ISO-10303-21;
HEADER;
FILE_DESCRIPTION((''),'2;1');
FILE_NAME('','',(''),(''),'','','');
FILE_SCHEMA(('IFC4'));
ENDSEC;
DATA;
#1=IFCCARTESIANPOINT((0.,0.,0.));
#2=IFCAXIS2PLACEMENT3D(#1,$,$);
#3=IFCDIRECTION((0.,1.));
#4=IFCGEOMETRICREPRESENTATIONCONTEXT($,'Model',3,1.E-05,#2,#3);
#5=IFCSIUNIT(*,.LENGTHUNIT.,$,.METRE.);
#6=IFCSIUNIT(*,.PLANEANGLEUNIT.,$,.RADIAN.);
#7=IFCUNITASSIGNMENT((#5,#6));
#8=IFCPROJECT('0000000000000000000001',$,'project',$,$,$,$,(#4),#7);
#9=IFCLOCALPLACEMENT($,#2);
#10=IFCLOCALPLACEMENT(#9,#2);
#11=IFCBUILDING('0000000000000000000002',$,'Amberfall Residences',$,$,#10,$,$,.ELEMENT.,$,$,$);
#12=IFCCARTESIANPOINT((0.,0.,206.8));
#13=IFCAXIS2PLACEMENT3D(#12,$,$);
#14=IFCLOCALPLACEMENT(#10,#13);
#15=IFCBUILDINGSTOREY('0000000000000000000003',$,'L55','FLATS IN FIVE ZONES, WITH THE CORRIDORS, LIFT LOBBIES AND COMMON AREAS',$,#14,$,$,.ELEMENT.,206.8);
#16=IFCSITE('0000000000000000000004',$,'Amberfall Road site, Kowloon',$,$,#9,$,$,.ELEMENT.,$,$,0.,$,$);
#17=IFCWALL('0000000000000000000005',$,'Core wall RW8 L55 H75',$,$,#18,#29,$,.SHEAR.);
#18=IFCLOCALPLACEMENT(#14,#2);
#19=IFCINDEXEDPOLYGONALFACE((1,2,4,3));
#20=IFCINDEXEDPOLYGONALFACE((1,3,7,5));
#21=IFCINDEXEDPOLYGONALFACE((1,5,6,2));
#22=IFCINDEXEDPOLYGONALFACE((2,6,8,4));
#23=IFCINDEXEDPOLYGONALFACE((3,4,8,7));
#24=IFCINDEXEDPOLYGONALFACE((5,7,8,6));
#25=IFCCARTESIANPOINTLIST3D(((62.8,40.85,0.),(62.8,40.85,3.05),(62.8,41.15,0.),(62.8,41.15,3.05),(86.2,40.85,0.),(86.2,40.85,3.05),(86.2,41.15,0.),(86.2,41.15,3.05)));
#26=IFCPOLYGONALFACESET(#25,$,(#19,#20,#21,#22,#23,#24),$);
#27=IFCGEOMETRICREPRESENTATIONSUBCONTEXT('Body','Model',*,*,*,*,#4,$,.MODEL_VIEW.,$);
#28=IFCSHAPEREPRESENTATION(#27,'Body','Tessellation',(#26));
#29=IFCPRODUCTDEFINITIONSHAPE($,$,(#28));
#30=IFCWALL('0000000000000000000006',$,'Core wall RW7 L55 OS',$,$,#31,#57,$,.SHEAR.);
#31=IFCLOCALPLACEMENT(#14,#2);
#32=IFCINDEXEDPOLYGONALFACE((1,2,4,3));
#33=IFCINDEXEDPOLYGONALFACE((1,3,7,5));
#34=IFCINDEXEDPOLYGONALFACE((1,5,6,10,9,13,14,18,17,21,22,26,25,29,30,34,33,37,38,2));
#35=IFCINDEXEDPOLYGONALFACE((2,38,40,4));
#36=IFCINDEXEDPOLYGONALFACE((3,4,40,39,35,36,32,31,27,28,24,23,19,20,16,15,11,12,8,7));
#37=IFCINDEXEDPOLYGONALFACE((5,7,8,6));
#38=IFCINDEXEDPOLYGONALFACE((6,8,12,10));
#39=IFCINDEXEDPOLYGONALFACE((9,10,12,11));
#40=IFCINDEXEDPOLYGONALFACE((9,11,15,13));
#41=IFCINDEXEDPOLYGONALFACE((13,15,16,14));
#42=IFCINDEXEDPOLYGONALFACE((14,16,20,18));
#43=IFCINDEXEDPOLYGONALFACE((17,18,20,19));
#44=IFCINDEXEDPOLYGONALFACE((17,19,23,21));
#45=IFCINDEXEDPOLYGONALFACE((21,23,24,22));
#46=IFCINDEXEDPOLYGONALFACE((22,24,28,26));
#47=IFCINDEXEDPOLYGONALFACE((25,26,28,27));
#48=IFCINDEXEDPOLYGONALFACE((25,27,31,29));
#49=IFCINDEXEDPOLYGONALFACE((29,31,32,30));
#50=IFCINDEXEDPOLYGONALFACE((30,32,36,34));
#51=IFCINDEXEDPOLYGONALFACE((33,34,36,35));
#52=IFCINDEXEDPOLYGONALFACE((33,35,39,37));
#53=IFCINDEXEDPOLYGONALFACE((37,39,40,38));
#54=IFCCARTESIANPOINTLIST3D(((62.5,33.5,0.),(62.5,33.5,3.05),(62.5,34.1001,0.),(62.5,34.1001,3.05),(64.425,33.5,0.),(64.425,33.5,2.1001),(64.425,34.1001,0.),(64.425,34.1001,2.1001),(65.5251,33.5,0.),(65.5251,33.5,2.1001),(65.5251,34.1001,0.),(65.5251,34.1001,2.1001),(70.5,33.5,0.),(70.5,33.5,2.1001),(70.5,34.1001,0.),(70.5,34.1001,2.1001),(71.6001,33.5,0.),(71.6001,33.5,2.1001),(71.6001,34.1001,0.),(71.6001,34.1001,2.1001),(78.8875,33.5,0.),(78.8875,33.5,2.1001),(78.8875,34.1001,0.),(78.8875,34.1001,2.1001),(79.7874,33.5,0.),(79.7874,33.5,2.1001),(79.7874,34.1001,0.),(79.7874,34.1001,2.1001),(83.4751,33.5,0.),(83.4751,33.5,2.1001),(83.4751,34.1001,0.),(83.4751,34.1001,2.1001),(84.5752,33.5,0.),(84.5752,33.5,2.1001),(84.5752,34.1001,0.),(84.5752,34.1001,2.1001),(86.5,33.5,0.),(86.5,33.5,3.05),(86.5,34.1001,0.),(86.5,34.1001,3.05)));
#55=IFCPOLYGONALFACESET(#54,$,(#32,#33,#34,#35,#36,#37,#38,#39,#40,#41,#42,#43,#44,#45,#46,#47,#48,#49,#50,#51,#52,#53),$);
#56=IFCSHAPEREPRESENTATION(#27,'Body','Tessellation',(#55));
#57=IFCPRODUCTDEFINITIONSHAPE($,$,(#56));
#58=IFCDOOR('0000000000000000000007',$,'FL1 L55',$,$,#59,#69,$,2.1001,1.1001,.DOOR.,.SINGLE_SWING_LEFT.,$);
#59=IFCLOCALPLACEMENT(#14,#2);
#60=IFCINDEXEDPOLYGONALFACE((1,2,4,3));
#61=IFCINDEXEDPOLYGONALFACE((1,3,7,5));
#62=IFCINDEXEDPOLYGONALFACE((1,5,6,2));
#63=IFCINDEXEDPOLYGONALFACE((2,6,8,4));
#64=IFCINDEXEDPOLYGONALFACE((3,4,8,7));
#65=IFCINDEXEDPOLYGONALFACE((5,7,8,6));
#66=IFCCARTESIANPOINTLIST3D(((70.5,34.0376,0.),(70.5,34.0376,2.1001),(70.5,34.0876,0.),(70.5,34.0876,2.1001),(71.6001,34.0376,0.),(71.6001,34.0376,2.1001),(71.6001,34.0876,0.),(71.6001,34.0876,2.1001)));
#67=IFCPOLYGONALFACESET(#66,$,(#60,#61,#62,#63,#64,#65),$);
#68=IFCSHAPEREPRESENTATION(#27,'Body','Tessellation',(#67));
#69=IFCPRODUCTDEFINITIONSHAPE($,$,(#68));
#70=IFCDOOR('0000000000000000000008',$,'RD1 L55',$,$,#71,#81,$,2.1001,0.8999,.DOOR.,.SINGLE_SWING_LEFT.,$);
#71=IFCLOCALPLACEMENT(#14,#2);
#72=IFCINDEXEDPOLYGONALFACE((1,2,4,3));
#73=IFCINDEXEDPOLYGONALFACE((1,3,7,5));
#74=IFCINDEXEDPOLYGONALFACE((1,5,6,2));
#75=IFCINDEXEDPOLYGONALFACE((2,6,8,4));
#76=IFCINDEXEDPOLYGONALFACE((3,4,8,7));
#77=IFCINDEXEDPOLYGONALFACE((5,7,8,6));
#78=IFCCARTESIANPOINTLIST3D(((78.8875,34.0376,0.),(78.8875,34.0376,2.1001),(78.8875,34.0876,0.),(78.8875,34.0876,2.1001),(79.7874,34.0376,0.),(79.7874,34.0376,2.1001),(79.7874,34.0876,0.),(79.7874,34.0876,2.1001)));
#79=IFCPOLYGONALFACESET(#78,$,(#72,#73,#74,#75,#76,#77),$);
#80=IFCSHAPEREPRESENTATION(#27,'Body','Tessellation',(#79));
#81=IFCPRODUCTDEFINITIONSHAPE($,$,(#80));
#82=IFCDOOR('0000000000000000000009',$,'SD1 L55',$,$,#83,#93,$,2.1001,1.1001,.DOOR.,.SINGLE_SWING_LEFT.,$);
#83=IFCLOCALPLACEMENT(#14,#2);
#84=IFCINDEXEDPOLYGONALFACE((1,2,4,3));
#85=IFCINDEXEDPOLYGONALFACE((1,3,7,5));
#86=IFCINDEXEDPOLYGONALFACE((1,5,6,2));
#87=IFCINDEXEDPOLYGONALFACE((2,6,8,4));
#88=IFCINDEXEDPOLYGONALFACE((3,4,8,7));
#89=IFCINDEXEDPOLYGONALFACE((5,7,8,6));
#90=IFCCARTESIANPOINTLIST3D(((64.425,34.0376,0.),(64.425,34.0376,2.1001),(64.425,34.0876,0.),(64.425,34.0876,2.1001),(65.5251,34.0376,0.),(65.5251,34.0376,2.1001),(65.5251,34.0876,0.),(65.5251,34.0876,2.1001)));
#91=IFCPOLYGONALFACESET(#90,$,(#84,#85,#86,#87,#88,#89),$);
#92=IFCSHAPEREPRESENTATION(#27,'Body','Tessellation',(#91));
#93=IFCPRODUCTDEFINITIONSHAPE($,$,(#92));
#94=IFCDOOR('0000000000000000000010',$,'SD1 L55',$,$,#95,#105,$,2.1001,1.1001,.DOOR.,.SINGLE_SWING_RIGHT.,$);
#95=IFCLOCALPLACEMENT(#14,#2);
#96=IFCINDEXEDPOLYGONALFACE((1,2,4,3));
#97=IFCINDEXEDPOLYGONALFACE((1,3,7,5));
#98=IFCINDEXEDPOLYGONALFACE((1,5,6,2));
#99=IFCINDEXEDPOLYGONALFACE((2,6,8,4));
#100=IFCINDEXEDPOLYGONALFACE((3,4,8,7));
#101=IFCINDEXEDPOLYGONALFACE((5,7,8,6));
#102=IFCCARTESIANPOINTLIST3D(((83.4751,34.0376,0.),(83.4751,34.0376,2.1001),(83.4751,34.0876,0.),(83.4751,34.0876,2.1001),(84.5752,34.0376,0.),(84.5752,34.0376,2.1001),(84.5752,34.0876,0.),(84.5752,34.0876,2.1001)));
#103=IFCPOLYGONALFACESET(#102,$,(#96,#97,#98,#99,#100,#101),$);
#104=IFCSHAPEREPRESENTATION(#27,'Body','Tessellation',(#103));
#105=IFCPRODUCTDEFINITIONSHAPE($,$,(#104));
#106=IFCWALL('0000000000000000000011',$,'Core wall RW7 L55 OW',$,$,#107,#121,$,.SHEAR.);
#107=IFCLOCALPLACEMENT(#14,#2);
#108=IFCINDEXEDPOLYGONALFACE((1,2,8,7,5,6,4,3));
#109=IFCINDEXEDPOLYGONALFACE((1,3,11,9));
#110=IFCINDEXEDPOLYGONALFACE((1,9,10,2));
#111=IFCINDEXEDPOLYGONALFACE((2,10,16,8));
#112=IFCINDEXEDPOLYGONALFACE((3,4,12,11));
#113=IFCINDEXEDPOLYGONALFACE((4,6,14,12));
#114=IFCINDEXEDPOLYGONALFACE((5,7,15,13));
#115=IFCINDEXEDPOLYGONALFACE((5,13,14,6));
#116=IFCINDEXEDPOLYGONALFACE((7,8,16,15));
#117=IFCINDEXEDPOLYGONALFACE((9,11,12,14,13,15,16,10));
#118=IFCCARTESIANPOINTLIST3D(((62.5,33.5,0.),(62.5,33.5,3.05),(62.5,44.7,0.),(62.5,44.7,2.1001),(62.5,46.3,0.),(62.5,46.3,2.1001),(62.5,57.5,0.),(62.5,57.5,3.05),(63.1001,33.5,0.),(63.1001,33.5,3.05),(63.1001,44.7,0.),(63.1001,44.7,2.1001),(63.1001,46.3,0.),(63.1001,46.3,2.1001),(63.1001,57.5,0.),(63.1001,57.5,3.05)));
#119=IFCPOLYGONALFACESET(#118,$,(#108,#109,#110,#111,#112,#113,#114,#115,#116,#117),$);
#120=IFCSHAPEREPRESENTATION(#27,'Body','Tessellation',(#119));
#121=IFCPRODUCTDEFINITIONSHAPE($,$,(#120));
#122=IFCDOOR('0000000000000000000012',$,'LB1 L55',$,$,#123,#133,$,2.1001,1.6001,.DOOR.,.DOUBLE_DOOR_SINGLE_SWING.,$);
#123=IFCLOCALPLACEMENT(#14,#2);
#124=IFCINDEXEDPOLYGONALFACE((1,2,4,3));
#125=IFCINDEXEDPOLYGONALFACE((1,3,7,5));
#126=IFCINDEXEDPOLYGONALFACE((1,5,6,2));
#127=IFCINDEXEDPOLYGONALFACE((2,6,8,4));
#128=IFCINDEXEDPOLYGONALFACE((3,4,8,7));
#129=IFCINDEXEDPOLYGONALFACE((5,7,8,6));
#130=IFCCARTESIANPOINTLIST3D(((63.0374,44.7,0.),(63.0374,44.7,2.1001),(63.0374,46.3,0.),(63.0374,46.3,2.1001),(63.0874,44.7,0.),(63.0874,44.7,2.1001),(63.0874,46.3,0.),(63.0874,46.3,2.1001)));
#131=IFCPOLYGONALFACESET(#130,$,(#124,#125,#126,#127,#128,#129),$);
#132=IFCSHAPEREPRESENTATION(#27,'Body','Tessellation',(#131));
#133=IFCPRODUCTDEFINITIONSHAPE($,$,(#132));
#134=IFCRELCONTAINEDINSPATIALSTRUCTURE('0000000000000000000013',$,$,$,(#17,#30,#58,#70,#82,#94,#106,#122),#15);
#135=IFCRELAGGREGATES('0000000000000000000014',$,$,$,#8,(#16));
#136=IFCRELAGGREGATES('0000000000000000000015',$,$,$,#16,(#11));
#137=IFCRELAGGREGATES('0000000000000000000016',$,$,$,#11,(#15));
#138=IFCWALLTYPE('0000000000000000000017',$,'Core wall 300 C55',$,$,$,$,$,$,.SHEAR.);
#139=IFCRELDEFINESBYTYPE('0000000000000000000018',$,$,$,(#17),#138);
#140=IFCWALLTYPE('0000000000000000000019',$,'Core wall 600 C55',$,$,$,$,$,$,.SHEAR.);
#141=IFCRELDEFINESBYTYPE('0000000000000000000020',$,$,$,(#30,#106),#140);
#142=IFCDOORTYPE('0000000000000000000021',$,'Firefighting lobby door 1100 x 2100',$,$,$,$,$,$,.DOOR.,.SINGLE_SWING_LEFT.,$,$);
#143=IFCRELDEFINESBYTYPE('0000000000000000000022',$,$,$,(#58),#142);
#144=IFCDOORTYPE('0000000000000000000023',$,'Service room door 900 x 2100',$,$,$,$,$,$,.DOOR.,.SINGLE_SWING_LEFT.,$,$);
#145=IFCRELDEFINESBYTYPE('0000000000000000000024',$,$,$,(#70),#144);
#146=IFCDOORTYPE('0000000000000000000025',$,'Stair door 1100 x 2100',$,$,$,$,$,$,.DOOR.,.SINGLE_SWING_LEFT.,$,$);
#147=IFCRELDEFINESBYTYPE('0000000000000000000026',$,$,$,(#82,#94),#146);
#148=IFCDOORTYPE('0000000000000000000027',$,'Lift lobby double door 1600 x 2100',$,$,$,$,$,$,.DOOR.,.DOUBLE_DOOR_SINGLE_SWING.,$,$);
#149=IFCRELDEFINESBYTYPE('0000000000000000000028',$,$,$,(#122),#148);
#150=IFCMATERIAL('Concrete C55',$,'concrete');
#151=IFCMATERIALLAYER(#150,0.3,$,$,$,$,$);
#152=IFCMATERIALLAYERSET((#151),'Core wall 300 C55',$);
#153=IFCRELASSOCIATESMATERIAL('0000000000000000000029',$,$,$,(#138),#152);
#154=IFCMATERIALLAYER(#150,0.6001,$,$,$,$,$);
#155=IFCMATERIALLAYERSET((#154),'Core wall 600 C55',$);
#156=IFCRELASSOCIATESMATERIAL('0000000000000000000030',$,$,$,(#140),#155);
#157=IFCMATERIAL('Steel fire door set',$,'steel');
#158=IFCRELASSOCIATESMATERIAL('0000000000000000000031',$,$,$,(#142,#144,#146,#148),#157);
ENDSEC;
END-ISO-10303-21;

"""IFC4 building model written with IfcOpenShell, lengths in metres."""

from ifc_helpers import new_model, si_unit, direction, frame, frame_2d, origin, place, context, subcontext, project, spatial, rectangle, extrude, material, layer, layer_set, type_object, element, fill, save


model = new_model("IFC4")

# Units and contexts
model_context = context("Model", 3, precision=1e-05, world=origin(), true_north=direction((0.0, 1.0)))
body_context = subcontext(model_context, "Body", "Model", "MODEL_VIEW")
ifc_project = project(units=[si_unit("LENGTHUNIT", "METRE"), si_unit("PLANEANGLEUNIT", "RADIAN")], contexts=[model_context])

# Site, building, storey
site_placement = place(None, origin())
site = spatial("IfcSite", under=ifc_project, at=site_placement, Name="Amberfall Road site, Kowloon", CompositionType="ELEMENT", RefElevation=0.0)
building_placement = place(site_placement, origin())
building = spatial("IfcBuilding", under=site, at=building_placement, Name="Amberfall Residences", CompositionType="ELEMENT")
storey_placement = place(building_placement, frame((0.0, 0.0, 206.8)))
storey = spatial("IfcBuildingStorey", under=building, at=storey_placement, Name="L55", Description="FLATS IN FIVE ZONES, WITH THE CORRIDORS, LIFT LOBBIES AND COMMON AREAS", CompositionType="ELEMENT", Elevation=206.8)

# Wall
ifc_material_1 = material(Name="Concrete C55", Category="concrete")
ifc_layer_1 = layer(ifc_material_1, 0.3)
ifc_layer_set_1 = layer_set([ifc_layer_1], Name="Core wall 300 C55")
wall_type_1 = type_object("IfcWallType", Name="Core wall 300 C55", PredefinedType="SHEAR", material=ifc_layer_set_1)
wall_1_placement = place(storey_placement, frame((62.8, 41.0, 0.0), z_axis=(0.0, 0.0, 1.0), x_axis=(1.0, 0.0, 0.0)))
element("IfcWall", 1, at=wall_1_placement, inside=storey, type_object=wall_type_1, Name="Core wall RW8 L55 H75", PredefinedType="SHEAR", context=body_context, shape_type="SweptSolid", body=[
    extrude(rectangle(XDim=23.3999, YDim=0.3, at=frame_2d((11.7, 0.0))), origin(), (0.0, 0.0, 1.0), 3.05),
])

# Wall, openings, doors
ifc_layer_2 = layer(ifc_material_1, 0.6001)
ifc_layer_set_2 = layer_set([ifc_layer_2], Name="Core wall 600 C55")
wall_type_2 = type_object("IfcWallType", Name="Core wall 600 C55", PredefinedType="SHEAR", material=ifc_layer_set_2)
wall_2_placement = place(storey_placement, frame((62.5, 33.8, 0.0), z_axis=(0.0, 0.0, 1.0), x_axis=(1.0, 0.0, 0.0)))
wall_2 = element("IfcWall", 2, at=wall_2_placement, inside=storey, type_object=wall_type_2, Name="Core wall RW7 L55 OS", PredefinedType="SHEAR", context=body_context, shape_type="SweptSolid", body=[
    extrude(rectangle(XDim=24.0, YDim=0.6001, at=frame_2d((12.0, 0.0))), origin(), (0.0, 0.0, 1.0), 3.05),
])
opening_1_placement = place(wall_2_placement, frame((1.925, 0.0, 0.0)))
opening_1 = element("IfcOpeningElement", 3, at=opening_1_placement, cuts=wall_2, PredefinedType="OPENING", context=body_context, shape_type="SweptSolid", body=[
    extrude(rectangle(XDim=1.1001, YDim=2.1001, at=frame_2d((0.55, 1.05))), frame((0.0, 0.3101, 0.0), z_axis=(0.0, -1.0, 0.0), x_axis=(1.0, 0.0, 0.0)), (0.0, 0.0, 1.0), 0.6201),
])
opening_2_placement = place(wall_2_placement, frame((20.9751, 0.0, 0.0)))
opening_2 = element("IfcOpeningElement", 4, at=opening_2_placement, cuts=wall_2, PredefinedType="OPENING", context=body_context, shape_type="SweptSolid", body=[
    extrude(rectangle(XDim=1.1001, YDim=2.1001, at=frame_2d((0.55, 1.05))), frame((0.0, 0.3101, 0.0), z_axis=(0.0, -1.0, 0.0), x_axis=(1.0, 0.0, 0.0)), (0.0, 0.0, 1.0), 0.6201),
])
opening_3_placement = place(wall_2_placement, frame((8.0, 0.0, 0.0)))
opening_3 = element("IfcOpeningElement", 5, at=opening_3_placement, cuts=wall_2, PredefinedType="OPENING", context=body_context, shape_type="SweptSolid", body=[
    extrude(rectangle(XDim=1.1001, YDim=2.1001, at=frame_2d((0.55, 1.05))), frame((0.0, 0.3101, 0.0), z_axis=(0.0, -1.0, 0.0), x_axis=(1.0, 0.0, 0.0)), (0.0, 0.0, 1.0), 0.6201),
])
opening_4_placement = place(wall_2_placement, frame((16.3875, 0.0, 0.0)))
opening_4 = element("IfcOpeningElement", 6, at=opening_4_placement, cuts=wall_2, PredefinedType="OPENING", context=body_context, shape_type="SweptSolid", body=[
    extrude(rectangle(XDim=0.8999, YDim=2.1001, at=frame_2d((0.45, 1.05))), frame((0.0, 0.3101, 0.0), z_axis=(0.0, -1.0, 0.0), x_axis=(1.0, 0.0, 0.0)), (0.0, 0.0, 1.0), 0.6201),
])
ifc_material_2 = material(Name="Steel fire door set", Category="steel")
door_type_1 = type_object("IfcDoorType", Name="Firefighting lobby door 1100 x 2100", OperationType="SINGLE_SWING_LEFT", PredefinedType="DOOR", material=ifc_material_2)
door_1_placement = place(opening_3_placement, origin())
door_1 = element("IfcDoor", 7, at=door_1_placement, inside=storey, type_object=door_type_1, Name="FL1 L55", OperationType="SINGLE_SWING_LEFT", OverallHeight=2.1001, OverallWidth=1.1001, PredefinedType="DOOR", context=body_context, shape_type="SweptSolid", body=[
    extrude(rectangle(XDim=1.1001, YDim=2.1001, at=frame_2d((0.55, 1.05))), frame((0.0, 0.2876, 0.0), z_axis=(0.0, -1.0, 0.0), x_axis=(1.0, 0.0, 0.0)), (0.0, 0.0, 1.0), 0.05),
])
fill(opening_3, door_1)
door_type_2 = type_object("IfcDoorType", Name="Service room door 900 x 2100", OperationType="SINGLE_SWING_LEFT", PredefinedType="DOOR", material=ifc_material_2)
door_2_placement = place(opening_4_placement, origin())
door_2 = element("IfcDoor", 8, at=door_2_placement, inside=storey, type_object=door_type_2, Name="RD1 L55", OperationType="SINGLE_SWING_LEFT", OverallHeight=2.1001, OverallWidth=0.8999, PredefinedType="DOOR", context=body_context, shape_type="SweptSolid", body=[
    extrude(rectangle(XDim=0.8999, YDim=2.1001, at=frame_2d((0.45, 1.05))), frame((0.0, 0.2876, 0.0), z_axis=(0.0, -1.0, 0.0), x_axis=(1.0, 0.0, 0.0)), (0.0, 0.0, 1.0), 0.05),
])
fill(opening_4, door_2)
door_type_3 = type_object("IfcDoorType", Name="Stair door 1100 x 2100", OperationType="SINGLE_SWING_LEFT", PredefinedType="DOOR", material=ifc_material_2)
door_3_placement = place(opening_1_placement, origin())
door_3 = element("IfcDoor", 9, at=door_3_placement, inside=storey, type_object=door_type_3, Name="SD1 L55", OperationType="SINGLE_SWING_LEFT", OverallHeight=2.1001, OverallWidth=1.1001, PredefinedType="DOOR", context=body_context, shape_type="SweptSolid", body=[
    extrude(rectangle(XDim=1.1001, YDim=2.1001, at=frame_2d((0.55, 1.05))), frame((0.0, 0.2876, 0.0), z_axis=(0.0, -1.0, 0.0), x_axis=(1.0, 0.0, 0.0)), (0.0, 0.0, 1.0), 0.05),
])
fill(opening_1, door_3)
door_4_placement = place(opening_2_placement, origin())
door_4 = element("IfcDoor", 10, at=door_4_placement, inside=storey, type_object=door_type_3, Name="SD1 L55", OperationType="SINGLE_SWING_RIGHT", OverallHeight=2.1001, OverallWidth=1.1001, PredefinedType="DOOR", context=body_context, shape_type="SweptSolid", body=[
    extrude(rectangle(XDim=1.1001, YDim=2.1001, at=frame_2d((0.55, 1.05))), frame((0.0, 0.2876, 0.0), z_axis=(0.0, -1.0, 0.0), x_axis=(1.0, 0.0, 0.0)), (0.0, 0.0, 1.0), 0.05),
])
fill(opening_2, door_4)

# Wall, opening, door
wall_3_placement = place(storey_placement, frame((62.8, 33.5, 0.0), z_axis=(0.0, 0.0, 1.0), x_axis=(0.0, 1.0, 0.0)))
wall_3 = element("IfcWall", 11, at=wall_3_placement, inside=storey, type_object=wall_type_2, Name="Core wall RW7 L55 OW", PredefinedType="SHEAR", context=body_context, shape_type="SweptSolid", body=[
    extrude(rectangle(XDim=24.0, YDim=0.6001, at=frame_2d((12.0, 0.0))), origin(), (0.0, 0.0, 1.0), 3.05),
])
opening_5_placement = place(wall_3_placement, frame((11.2, 0.0, 0.0)))
opening_5 = element("IfcOpeningElement", 12, at=opening_5_placement, cuts=wall_3, PredefinedType="OPENING", context=body_context, shape_type="SweptSolid", body=[
    extrude(rectangle(XDim=1.6001, YDim=2.1001, at=frame_2d((0.8, 1.05))), frame((0.0, 0.3101, 0.0), z_axis=(0.0, -1.0, 0.0), x_axis=(1.0, 0.0, 0.0)), (0.0, 0.0, 1.0), 0.6201),
])
door_type_4 = type_object("IfcDoorType", Name="Lift lobby double door 1600 x 2100", OperationType="DOUBLE_DOOR_SINGLE_SWING", PredefinedType="DOOR", material=ifc_material_2)
door_5_placement = place(opening_5_placement, origin())
door_5 = element("IfcDoor", 13, at=door_5_placement, inside=storey, type_object=door_type_4, Name="LB1 L55", OperationType="DOUBLE_DOOR_SINGLE_SWING", OverallHeight=2.1001, OverallWidth=1.6001, PredefinedType="DOOR", context=body_context, shape_type="SweptSolid", body=[
    extrude(rectangle(XDim=1.6001, YDim=2.1001, at=frame_2d((0.8, 1.05))), frame((0.0, -0.2373, 0.0), z_axis=(0.0, -1.0, 0.0), x_axis=(1.0, 0.0, 0.0)), (0.0, 0.0, 1.0), 0.05),
])
fill(opening_5, door_5)

save(model, "model.ifc")
